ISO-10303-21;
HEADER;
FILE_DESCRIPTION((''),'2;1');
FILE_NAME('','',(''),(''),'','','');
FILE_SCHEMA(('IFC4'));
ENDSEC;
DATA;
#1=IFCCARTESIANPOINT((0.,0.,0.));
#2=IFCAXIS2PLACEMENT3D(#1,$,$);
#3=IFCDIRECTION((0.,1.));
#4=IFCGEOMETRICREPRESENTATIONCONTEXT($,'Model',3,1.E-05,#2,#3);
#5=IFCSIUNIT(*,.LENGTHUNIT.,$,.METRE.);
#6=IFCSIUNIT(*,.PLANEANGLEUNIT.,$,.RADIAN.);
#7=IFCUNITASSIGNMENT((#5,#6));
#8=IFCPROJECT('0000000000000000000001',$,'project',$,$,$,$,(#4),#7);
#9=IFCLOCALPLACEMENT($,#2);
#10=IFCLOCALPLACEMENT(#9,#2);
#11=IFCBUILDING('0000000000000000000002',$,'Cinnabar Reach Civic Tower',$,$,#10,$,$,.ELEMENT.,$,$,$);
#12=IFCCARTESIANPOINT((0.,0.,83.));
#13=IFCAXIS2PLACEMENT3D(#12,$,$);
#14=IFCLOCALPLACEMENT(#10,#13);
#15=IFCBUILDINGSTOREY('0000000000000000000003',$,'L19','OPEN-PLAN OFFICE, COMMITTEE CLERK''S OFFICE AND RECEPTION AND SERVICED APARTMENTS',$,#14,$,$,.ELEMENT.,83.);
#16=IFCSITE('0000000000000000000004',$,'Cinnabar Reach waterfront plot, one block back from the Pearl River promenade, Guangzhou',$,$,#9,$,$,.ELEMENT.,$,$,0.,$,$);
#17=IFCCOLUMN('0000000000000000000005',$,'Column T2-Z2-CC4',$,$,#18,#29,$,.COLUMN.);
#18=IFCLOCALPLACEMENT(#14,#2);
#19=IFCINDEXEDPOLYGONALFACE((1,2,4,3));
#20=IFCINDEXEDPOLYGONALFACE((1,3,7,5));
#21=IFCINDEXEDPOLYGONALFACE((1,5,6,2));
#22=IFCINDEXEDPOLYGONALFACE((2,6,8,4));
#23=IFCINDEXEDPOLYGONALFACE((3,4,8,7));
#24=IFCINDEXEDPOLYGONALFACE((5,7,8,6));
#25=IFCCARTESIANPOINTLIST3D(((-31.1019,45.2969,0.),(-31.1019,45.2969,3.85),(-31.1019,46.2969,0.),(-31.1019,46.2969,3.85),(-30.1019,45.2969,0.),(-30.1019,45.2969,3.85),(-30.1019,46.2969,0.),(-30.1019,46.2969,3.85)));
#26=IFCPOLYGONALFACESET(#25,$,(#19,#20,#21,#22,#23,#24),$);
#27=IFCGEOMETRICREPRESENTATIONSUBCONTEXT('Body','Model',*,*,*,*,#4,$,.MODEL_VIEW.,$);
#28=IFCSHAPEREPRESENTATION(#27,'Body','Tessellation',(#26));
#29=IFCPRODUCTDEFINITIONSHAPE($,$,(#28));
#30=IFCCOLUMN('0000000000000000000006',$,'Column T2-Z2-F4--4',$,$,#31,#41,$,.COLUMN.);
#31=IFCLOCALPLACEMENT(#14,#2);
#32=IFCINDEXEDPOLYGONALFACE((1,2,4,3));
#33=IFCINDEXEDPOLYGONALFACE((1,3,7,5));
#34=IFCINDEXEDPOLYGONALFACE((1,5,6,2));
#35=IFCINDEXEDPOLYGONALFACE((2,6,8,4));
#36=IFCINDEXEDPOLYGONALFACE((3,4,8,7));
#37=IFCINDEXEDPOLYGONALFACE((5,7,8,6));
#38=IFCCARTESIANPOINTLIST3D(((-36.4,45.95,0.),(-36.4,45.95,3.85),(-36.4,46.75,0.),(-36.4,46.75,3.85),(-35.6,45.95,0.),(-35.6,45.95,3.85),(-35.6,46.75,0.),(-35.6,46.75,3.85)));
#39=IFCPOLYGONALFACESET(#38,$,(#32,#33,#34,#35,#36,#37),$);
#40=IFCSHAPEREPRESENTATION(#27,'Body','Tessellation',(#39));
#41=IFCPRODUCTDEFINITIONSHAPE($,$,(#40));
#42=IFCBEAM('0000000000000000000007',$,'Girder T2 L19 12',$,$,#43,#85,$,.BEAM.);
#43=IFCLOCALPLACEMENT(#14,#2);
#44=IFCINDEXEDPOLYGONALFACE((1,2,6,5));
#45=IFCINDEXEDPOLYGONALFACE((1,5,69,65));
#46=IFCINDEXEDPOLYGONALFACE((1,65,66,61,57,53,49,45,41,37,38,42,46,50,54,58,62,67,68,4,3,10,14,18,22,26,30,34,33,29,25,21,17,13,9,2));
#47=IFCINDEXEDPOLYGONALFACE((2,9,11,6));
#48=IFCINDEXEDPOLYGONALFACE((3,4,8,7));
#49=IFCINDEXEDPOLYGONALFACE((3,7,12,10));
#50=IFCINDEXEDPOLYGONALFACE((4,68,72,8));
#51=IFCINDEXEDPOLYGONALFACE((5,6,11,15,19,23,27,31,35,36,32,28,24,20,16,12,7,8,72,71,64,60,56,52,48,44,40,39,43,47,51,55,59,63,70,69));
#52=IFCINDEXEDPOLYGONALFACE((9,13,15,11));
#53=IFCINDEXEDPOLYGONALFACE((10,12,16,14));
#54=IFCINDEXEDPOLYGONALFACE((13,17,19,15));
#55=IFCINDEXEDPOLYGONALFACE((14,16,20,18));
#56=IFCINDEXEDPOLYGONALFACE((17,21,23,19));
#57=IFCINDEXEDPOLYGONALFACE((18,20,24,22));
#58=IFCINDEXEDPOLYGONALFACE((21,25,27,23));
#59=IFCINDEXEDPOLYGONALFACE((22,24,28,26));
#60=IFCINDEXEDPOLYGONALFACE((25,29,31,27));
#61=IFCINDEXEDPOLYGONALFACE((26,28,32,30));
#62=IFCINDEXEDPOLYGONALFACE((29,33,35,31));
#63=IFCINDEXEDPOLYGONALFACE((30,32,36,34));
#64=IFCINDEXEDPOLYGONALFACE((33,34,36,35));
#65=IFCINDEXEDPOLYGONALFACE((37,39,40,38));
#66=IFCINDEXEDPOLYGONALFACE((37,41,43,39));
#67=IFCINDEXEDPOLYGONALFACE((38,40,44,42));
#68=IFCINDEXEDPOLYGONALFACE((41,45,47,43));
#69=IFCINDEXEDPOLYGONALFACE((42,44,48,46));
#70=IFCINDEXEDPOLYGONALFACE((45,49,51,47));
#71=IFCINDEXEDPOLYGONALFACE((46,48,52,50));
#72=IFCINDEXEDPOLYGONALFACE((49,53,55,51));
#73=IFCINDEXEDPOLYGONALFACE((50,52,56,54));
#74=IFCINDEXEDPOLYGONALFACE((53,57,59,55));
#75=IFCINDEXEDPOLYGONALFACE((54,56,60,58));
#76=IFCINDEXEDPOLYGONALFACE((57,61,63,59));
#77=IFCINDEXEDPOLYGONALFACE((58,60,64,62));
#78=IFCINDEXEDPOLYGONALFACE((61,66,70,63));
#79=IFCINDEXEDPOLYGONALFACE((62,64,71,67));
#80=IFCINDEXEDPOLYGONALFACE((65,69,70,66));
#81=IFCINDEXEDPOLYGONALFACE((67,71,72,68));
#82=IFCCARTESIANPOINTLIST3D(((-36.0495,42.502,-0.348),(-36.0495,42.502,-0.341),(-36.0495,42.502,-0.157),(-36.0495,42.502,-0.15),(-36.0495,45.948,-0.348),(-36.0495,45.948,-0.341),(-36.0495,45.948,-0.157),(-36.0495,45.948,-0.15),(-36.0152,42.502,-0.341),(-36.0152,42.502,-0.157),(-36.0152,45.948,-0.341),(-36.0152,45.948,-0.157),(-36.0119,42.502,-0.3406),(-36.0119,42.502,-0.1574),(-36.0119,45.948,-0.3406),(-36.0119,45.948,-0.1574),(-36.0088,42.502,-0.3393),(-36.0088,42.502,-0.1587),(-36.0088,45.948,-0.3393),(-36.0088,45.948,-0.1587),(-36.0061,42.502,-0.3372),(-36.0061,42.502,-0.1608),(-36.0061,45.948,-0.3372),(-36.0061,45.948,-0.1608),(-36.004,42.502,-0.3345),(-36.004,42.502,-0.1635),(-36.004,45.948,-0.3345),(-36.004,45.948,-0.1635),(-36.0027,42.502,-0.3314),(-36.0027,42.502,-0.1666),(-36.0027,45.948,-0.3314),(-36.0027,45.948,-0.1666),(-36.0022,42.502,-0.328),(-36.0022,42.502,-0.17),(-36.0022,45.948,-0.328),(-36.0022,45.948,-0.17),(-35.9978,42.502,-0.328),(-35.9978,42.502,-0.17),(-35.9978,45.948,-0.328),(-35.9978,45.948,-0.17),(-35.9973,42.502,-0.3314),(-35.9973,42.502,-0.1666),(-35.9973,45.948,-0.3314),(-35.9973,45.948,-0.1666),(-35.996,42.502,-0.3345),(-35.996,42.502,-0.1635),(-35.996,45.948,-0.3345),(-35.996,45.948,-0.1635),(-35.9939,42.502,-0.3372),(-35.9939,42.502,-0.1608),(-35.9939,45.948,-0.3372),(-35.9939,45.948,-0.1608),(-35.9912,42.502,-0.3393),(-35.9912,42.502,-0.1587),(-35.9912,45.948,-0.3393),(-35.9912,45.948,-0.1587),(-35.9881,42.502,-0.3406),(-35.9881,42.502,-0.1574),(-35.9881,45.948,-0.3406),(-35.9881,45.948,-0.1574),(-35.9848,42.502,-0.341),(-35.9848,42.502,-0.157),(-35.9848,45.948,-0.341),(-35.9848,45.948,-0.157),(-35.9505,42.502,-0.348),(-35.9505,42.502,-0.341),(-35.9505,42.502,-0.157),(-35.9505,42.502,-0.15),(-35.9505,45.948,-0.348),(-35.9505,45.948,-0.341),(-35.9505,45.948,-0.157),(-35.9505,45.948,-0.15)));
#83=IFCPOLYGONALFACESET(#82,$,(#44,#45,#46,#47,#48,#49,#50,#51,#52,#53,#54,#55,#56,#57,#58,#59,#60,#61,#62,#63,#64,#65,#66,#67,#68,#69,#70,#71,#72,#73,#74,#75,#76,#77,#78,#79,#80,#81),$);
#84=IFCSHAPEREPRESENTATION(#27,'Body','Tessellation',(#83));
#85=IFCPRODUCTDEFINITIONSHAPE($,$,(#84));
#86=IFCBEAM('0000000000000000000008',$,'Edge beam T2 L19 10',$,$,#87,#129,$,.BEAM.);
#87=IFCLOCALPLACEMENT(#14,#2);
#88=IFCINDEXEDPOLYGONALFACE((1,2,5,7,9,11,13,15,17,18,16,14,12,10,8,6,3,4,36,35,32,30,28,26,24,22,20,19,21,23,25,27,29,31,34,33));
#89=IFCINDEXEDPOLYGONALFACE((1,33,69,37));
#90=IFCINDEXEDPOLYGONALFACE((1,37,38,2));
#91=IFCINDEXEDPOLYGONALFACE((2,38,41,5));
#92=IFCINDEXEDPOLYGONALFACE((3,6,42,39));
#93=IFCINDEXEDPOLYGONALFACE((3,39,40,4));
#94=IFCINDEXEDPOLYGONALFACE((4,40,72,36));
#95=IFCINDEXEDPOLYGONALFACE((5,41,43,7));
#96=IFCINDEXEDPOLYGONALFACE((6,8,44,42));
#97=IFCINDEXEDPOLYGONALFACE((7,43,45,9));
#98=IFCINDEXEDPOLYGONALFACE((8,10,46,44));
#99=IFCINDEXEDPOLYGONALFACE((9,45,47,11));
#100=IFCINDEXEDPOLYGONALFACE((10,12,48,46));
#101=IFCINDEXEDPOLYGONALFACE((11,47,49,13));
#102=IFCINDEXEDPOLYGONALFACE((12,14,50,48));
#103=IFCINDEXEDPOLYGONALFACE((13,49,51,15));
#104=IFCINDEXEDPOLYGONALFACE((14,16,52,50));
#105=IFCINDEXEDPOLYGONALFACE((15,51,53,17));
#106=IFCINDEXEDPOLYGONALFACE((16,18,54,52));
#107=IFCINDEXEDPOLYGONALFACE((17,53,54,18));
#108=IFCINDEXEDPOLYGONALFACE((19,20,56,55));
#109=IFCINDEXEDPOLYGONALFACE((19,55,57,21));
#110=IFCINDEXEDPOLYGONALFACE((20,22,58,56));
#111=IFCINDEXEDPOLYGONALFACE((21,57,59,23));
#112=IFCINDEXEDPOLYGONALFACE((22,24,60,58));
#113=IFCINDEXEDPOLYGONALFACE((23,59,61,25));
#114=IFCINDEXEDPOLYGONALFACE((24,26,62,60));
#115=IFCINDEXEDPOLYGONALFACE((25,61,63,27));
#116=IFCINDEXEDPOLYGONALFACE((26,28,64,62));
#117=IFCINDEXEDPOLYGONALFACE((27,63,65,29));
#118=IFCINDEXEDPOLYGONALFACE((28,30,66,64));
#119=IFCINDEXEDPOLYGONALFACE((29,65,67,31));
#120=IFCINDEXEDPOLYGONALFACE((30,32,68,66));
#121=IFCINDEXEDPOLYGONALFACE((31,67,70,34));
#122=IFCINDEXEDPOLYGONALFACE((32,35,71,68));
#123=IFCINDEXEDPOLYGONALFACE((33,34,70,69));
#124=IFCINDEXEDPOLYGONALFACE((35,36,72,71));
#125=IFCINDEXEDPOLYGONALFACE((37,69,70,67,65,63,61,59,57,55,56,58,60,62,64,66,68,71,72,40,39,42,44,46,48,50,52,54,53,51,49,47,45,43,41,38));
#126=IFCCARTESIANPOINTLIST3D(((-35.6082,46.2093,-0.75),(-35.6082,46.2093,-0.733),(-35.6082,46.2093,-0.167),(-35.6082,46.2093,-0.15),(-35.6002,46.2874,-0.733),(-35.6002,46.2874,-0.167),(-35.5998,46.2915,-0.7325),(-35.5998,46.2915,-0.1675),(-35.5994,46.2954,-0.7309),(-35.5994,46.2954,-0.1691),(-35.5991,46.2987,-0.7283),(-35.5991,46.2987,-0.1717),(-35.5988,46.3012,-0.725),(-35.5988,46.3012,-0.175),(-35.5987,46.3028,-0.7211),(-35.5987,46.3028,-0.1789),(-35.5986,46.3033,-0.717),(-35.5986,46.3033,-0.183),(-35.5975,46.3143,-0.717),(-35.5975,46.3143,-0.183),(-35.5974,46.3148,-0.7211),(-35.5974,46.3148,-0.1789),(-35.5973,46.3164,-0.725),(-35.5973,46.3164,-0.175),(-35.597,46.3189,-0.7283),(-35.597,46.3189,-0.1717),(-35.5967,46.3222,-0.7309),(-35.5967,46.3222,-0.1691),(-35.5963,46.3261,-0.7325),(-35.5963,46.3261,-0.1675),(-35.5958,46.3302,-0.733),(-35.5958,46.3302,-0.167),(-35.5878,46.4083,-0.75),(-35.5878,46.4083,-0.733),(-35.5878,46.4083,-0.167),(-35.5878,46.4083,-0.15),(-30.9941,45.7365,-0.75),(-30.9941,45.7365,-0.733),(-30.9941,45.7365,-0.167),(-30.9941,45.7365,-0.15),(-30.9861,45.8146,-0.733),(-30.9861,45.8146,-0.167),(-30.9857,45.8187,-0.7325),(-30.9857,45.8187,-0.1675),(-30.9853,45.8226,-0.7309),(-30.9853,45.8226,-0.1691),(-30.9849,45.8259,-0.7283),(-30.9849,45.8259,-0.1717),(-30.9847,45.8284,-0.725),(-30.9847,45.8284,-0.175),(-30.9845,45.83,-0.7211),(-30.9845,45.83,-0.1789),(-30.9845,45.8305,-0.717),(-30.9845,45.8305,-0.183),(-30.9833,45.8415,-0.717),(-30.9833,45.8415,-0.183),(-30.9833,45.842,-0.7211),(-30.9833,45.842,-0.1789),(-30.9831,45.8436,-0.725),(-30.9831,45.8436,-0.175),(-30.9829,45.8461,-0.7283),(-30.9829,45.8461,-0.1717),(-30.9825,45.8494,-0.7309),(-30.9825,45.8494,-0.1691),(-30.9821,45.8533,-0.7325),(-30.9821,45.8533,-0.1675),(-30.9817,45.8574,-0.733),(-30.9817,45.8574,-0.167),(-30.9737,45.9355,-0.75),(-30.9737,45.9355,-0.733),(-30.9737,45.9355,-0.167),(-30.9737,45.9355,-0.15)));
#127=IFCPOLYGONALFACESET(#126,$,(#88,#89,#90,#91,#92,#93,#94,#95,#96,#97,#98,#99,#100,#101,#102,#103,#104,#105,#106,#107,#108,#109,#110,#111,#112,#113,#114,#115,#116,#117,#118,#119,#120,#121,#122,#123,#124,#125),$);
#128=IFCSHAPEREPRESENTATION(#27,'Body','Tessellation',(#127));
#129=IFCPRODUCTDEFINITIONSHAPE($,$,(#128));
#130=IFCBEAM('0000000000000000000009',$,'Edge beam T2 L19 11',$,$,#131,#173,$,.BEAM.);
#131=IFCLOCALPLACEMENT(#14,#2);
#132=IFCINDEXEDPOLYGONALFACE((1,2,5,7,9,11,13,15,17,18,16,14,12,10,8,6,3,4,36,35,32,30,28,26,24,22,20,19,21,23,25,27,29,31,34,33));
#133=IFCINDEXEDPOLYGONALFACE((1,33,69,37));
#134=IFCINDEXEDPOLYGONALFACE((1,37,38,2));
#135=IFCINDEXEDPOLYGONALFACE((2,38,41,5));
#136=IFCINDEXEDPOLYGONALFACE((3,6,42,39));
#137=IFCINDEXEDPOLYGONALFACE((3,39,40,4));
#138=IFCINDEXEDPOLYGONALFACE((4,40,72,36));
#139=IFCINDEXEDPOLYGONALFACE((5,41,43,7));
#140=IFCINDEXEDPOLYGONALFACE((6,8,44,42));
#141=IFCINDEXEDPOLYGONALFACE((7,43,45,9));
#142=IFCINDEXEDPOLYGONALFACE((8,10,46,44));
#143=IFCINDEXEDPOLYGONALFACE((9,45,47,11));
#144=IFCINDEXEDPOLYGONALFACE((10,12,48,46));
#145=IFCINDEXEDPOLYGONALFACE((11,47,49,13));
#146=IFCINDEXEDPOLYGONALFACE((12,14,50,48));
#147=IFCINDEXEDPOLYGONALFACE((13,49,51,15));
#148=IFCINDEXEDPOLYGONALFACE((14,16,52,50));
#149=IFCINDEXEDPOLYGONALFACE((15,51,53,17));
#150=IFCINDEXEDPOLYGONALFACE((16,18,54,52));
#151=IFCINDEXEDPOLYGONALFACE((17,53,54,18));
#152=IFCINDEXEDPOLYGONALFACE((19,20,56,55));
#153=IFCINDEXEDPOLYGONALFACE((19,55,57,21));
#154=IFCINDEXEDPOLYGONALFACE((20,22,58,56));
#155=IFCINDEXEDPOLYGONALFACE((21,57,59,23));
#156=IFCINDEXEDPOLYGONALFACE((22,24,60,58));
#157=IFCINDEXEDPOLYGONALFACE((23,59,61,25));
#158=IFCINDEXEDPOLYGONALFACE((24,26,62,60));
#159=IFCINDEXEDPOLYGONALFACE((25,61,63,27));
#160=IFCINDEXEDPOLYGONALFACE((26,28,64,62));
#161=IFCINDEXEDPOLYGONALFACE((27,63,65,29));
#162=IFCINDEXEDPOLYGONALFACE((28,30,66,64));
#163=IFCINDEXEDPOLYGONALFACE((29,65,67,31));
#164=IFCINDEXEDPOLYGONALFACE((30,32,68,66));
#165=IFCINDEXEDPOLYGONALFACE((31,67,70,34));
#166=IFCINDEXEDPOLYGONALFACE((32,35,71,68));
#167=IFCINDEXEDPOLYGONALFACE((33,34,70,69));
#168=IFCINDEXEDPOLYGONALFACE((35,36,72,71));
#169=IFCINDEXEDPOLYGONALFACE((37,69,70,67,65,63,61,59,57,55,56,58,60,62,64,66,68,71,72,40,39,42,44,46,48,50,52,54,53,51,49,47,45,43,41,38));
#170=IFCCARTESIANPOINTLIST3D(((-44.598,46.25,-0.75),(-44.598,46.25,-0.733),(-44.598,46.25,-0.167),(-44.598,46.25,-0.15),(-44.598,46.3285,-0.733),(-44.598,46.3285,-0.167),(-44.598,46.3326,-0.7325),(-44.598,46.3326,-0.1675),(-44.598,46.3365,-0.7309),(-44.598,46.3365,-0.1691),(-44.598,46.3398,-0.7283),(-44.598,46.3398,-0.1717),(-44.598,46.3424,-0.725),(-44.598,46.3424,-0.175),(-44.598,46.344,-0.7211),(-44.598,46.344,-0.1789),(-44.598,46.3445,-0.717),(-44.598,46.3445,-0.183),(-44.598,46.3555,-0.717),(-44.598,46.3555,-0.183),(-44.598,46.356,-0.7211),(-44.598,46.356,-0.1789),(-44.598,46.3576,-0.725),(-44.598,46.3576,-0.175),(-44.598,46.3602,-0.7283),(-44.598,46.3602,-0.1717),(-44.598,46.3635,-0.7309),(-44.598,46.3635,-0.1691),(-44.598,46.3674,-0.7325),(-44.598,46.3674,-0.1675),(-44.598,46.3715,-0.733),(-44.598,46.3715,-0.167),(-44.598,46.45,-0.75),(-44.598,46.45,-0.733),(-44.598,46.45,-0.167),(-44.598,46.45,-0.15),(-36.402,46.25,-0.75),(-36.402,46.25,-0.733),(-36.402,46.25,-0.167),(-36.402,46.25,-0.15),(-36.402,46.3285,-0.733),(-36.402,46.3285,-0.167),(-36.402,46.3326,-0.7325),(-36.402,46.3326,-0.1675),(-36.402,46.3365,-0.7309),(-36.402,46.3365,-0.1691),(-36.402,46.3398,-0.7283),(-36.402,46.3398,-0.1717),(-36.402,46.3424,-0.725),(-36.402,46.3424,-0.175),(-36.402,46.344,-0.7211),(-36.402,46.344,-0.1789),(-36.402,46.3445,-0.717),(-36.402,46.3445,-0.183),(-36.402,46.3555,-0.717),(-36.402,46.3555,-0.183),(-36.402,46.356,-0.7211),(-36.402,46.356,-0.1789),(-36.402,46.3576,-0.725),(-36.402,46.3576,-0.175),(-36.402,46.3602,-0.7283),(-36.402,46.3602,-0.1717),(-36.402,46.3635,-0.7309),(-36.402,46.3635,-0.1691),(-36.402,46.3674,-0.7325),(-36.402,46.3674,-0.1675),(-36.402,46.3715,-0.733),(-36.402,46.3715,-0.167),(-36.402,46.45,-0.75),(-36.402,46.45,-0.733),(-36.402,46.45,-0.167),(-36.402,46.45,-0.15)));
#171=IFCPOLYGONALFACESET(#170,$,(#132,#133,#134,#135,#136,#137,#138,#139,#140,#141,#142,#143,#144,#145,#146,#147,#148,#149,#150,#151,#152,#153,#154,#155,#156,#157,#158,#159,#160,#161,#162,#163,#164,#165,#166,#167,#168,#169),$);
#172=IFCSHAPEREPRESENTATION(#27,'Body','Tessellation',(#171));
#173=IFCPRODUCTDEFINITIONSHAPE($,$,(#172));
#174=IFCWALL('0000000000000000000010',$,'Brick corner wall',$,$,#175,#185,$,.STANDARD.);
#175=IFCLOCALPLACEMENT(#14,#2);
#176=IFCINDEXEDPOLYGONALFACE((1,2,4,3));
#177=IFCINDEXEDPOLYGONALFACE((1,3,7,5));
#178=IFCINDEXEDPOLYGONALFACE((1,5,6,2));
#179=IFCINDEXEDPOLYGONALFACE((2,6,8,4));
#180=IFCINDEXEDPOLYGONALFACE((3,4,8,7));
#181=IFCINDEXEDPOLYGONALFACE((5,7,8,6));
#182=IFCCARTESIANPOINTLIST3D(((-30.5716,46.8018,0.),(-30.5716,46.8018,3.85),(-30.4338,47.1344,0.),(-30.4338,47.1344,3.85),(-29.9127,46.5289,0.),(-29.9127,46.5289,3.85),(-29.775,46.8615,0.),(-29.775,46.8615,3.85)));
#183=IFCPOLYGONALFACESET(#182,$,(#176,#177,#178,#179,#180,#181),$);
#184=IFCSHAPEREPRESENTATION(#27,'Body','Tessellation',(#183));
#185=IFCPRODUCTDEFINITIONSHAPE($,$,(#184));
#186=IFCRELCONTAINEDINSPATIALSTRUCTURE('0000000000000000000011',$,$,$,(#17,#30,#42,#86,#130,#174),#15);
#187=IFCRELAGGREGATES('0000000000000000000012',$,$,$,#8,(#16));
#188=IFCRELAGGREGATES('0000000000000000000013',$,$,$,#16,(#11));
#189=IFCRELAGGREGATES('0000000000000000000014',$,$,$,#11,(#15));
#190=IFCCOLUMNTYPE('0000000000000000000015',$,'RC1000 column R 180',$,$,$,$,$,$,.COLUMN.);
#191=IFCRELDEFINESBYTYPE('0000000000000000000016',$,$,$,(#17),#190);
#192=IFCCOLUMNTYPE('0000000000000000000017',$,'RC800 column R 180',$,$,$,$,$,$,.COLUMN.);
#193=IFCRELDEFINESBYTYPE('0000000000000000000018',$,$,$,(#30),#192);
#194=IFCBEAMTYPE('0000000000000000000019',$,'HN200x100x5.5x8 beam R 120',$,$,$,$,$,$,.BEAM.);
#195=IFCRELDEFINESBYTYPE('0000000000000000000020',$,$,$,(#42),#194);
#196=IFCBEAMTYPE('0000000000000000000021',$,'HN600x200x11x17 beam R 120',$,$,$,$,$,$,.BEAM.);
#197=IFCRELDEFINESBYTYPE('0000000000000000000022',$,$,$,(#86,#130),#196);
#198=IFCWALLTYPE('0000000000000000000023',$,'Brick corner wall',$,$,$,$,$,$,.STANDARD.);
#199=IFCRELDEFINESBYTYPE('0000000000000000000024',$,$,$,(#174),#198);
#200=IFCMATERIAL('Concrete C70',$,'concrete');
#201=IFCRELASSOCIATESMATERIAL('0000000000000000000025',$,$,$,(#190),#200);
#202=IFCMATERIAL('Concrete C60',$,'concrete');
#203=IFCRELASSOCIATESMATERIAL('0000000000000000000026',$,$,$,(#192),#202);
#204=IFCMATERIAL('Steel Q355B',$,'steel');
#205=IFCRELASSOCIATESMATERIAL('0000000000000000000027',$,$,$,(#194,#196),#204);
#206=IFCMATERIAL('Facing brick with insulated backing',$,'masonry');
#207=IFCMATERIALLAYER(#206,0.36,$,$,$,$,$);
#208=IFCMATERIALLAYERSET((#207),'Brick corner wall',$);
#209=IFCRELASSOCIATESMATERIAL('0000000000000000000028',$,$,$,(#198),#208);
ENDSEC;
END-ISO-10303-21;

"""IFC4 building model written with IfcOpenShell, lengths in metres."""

from ifc_helpers import new_model, si_unit, direction, frame, frame_2d, origin, origin_2d, place, context, subcontext, project, spatial, rectangle, i_section, extrude, material, layer, layer_set, material_profile, profile_set, type_object, element, save


model = new_model("IFC4")

# Units and contexts
model_context = context("Model", 3, precision=1e-05, world=origin(), true_north=direction((0.0, 1.0)))
body_context = subcontext(model_context, "Body", "Model", "MODEL_VIEW")
ifc_project = project(units=[si_unit("LENGTHUNIT", "METRE"), si_unit("PLANEANGLEUNIT", "RADIAN")], contexts=[model_context])

# Site, building, storey
site_placement = place(None, origin())
site = spatial("IfcSite", under=ifc_project, at=site_placement, Name="Cinnabar Reach waterfront plot, one block back from the Pearl River promenade, Guangzhou", CompositionType="ELEMENT", RefElevation=0.0)
building_placement = place(site_placement, origin())
building = spatial("IfcBuilding", under=site, at=building_placement, Name="Cinnabar Reach Civic Tower", CompositionType="ELEMENT")
storey_placement = place(building_placement, frame((0.0, 0.0, 83.0)))
storey = spatial("IfcBuildingStorey", under=building, at=storey_placement, Name="L19", Description="OPEN-PLAN OFFICE, COMMITTEE CLERK'S OFFICE AND RECEPTION AND SERVICED APARTMENTS", CompositionType="ELEMENT", Elevation=83.0)

# Columns
ifc_material_1 = material(Name="Concrete C70", Category="concrete")
ifc_material_profile_1 = material_profile(ifc_material_1, rectangle(XDim=1.0, YDim=1.0, at=origin_2d()), Name="RC1000")
ifc_profile_set_1 = profile_set([ifc_material_profile_1], Name="Concrete C70")
column_type_1 = type_object("IfcColumnType", Name="RC1000 column R 180", PredefinedType="COLUMN", material=ifc_profile_set_1)
column_1_placement = place(storey_placement, frame((-30.6019, 45.7969, 0.0), z_axis=(0.0, 0.0, 1.0), x_axis=(1.0, 0.0, 0.0)))
element("IfcColumn", 1, at=column_1_placement, inside=storey, type_object=column_type_1, Name="Column T2-Z2-CC4", PredefinedType="COLUMN", context=body_context, shape_type="SweptSolid", body=[
    extrude(rectangle(XDim=1.0, YDim=1.0, at=origin_2d()), origin(), (0.0, 0.0, 1.0), 3.85),
])
ifc_material_2 = material(Name="Concrete C60", Category="concrete")
ifc_material_profile_2 = material_profile(ifc_material_2, rectangle(XDim=0.8, YDim=0.8, at=origin_2d()), Name="RC800")
ifc_profile_set_2 = profile_set([ifc_material_profile_2], Name="Concrete C60")
column_type_2 = type_object("IfcColumnType", Name="RC800 column R 180", PredefinedType="COLUMN", material=ifc_profile_set_2)
column_2_placement = place(storey_placement, frame((-36.0, 46.35, 0.0), z_axis=(0.0, 0.0, 1.0), x_axis=(1.0, 0.0, 0.0)))
element("IfcColumn", 2, at=column_2_placement, inside=storey, type_object=column_type_2, Name="Column T2-Z2-F4--4", PredefinedType="COLUMN", context=body_context, shape_type="SweptSolid", body=[
    extrude(rectangle(XDim=0.8, YDim=0.8, at=origin_2d()), origin(), (0.0, 0.0, 1.0), 3.85),
])

# Beams
ifc_material_3 = material(Name="Steel Q355B", Category="steel")
ifc_material_profile_3 = material_profile(ifc_material_3, i_section(OverallWidth=0.099, OverallDepth=0.198, WebThickness=0.0045, FlangeThickness=0.007, FilletRadius=0.013, at=origin_2d()), Name="HN200x100x5.5x8")
ifc_profile_set_3 = profile_set([ifc_material_profile_3], Name="Steel Q355B")
beam_type_1 = type_object("IfcBeamType", Name="HN200x100x5.5x8 beam R 120", PredefinedType="BEAM", material=ifc_profile_set_3)
beam_1_placement = place(storey_placement, frame((-36.0, 42.502, -0.249), z_axis=(0.0, 1.0, 0.0), x_axis=(-1.0, 0.0, 0.0)))
element("IfcBeam", 3, at=beam_1_placement, inside=storey, type_object=beam_type_1, Name="Girder T2 L19 12", PredefinedType="BEAM", context=body_context, shape_type="SweptSolid", body=[
    extrude(i_section(OverallWidth=0.099, OverallDepth=0.198, WebThickness=0.0045, FlangeThickness=0.007, FilletRadius=0.013, at=origin_2d()), origin(), (0.0, 0.0, 1.0), 3.446),
])
ifc_material_profile_4 = material_profile(ifc_material_3, i_section(OverallWidth=0.2, OverallDepth=0.6, WebThickness=0.011, FlangeThickness=0.017, FilletRadius=0.016, at=origin_2d()), Name="HN600x200x11x17")
ifc_profile_set_4 = profile_set([ifc_material_profile_4], Name="Steel Q355B")
beam_type_2 = type_object("IfcBeamType", Name="HN600x200x11x17 beam R 120", PredefinedType="BEAM", material=ifc_profile_set_4)
beam_2_placement = place(storey_placement, frame((-30.9839, 45.836, -0.45), z_axis=(-0.994791, 0.101935, 0.0), x_axis=(-0.101935, -0.994791, 0.0)))
element("IfcBeam", 4, at=beam_2_placement, inside=storey, type_object=beam_type_2, Name="Edge beam T2 L19 10", PredefinedType="BEAM", context=body_context, shape_type="SweptSolid", body=[
    extrude(i_section(OverallWidth=0.2, OverallDepth=0.6, WebThickness=0.011, FlangeThickness=0.017, FilletRadius=0.016, at=origin_2d()), origin(), (0.0, 0.0, 1.0), 4.6383),
])
beam_3_placement = place(storey_placement, frame((-36.402, 46.35, -0.45), z_axis=(-1.0, 0.0, 0.0), x_axis=(0.0, -1.0, 0.0)))
element("IfcBeam", 5, at=beam_3_placement, inside=storey, type_object=beam_type_2, Name="Edge beam T2 L19 11", PredefinedType="BEAM", context=body_context, shape_type="SweptSolid", body=[
    extrude(i_section(OverallWidth=0.2, OverallDepth=0.6, WebThickness=0.011, FlangeThickness=0.017, FilletRadius=0.016, at=origin_2d()), origin(), (0.0, 0.0, 1.0), 8.196),
])

# Wall
ifc_material_4 = material(Name="Facing brick with insulated backing", Category="masonry")
ifc_layer_1 = layer(ifc_material_4, 0.36)
ifc_layer_set_1 = layer_set([ifc_layer_1], Name="Brick corner wall")
wall_type_1 = type_object("IfcWallType", Name="Brick corner wall", PredefinedType="STANDARD", material=ifc_layer_set_1)
for number, where, z_axis, x_axis, name in (
    (6, (-29.8439, 46.6952, 0.0), (0.0, 0.0, 1.0), (-0.923872, 0.382703, 0.0), "Brick corner wall"),
):
    element("IfcWall", number, at=place(storey_placement, frame(where, z_axis=z_axis, x_axis=x_axis)), inside=storey, type_object=wall_type_1, Name=name, PredefinedType="STANDARD", context=body_context, shape_type="SweptSolid", body=[
        extrude(rectangle(XDim=0.7131, YDim=0.36, at=frame_2d((0.3565, 0.0))), origin(), (0.0, 0.0, 1.0), 3.85),
    ])

save(model, "model.ifc")
